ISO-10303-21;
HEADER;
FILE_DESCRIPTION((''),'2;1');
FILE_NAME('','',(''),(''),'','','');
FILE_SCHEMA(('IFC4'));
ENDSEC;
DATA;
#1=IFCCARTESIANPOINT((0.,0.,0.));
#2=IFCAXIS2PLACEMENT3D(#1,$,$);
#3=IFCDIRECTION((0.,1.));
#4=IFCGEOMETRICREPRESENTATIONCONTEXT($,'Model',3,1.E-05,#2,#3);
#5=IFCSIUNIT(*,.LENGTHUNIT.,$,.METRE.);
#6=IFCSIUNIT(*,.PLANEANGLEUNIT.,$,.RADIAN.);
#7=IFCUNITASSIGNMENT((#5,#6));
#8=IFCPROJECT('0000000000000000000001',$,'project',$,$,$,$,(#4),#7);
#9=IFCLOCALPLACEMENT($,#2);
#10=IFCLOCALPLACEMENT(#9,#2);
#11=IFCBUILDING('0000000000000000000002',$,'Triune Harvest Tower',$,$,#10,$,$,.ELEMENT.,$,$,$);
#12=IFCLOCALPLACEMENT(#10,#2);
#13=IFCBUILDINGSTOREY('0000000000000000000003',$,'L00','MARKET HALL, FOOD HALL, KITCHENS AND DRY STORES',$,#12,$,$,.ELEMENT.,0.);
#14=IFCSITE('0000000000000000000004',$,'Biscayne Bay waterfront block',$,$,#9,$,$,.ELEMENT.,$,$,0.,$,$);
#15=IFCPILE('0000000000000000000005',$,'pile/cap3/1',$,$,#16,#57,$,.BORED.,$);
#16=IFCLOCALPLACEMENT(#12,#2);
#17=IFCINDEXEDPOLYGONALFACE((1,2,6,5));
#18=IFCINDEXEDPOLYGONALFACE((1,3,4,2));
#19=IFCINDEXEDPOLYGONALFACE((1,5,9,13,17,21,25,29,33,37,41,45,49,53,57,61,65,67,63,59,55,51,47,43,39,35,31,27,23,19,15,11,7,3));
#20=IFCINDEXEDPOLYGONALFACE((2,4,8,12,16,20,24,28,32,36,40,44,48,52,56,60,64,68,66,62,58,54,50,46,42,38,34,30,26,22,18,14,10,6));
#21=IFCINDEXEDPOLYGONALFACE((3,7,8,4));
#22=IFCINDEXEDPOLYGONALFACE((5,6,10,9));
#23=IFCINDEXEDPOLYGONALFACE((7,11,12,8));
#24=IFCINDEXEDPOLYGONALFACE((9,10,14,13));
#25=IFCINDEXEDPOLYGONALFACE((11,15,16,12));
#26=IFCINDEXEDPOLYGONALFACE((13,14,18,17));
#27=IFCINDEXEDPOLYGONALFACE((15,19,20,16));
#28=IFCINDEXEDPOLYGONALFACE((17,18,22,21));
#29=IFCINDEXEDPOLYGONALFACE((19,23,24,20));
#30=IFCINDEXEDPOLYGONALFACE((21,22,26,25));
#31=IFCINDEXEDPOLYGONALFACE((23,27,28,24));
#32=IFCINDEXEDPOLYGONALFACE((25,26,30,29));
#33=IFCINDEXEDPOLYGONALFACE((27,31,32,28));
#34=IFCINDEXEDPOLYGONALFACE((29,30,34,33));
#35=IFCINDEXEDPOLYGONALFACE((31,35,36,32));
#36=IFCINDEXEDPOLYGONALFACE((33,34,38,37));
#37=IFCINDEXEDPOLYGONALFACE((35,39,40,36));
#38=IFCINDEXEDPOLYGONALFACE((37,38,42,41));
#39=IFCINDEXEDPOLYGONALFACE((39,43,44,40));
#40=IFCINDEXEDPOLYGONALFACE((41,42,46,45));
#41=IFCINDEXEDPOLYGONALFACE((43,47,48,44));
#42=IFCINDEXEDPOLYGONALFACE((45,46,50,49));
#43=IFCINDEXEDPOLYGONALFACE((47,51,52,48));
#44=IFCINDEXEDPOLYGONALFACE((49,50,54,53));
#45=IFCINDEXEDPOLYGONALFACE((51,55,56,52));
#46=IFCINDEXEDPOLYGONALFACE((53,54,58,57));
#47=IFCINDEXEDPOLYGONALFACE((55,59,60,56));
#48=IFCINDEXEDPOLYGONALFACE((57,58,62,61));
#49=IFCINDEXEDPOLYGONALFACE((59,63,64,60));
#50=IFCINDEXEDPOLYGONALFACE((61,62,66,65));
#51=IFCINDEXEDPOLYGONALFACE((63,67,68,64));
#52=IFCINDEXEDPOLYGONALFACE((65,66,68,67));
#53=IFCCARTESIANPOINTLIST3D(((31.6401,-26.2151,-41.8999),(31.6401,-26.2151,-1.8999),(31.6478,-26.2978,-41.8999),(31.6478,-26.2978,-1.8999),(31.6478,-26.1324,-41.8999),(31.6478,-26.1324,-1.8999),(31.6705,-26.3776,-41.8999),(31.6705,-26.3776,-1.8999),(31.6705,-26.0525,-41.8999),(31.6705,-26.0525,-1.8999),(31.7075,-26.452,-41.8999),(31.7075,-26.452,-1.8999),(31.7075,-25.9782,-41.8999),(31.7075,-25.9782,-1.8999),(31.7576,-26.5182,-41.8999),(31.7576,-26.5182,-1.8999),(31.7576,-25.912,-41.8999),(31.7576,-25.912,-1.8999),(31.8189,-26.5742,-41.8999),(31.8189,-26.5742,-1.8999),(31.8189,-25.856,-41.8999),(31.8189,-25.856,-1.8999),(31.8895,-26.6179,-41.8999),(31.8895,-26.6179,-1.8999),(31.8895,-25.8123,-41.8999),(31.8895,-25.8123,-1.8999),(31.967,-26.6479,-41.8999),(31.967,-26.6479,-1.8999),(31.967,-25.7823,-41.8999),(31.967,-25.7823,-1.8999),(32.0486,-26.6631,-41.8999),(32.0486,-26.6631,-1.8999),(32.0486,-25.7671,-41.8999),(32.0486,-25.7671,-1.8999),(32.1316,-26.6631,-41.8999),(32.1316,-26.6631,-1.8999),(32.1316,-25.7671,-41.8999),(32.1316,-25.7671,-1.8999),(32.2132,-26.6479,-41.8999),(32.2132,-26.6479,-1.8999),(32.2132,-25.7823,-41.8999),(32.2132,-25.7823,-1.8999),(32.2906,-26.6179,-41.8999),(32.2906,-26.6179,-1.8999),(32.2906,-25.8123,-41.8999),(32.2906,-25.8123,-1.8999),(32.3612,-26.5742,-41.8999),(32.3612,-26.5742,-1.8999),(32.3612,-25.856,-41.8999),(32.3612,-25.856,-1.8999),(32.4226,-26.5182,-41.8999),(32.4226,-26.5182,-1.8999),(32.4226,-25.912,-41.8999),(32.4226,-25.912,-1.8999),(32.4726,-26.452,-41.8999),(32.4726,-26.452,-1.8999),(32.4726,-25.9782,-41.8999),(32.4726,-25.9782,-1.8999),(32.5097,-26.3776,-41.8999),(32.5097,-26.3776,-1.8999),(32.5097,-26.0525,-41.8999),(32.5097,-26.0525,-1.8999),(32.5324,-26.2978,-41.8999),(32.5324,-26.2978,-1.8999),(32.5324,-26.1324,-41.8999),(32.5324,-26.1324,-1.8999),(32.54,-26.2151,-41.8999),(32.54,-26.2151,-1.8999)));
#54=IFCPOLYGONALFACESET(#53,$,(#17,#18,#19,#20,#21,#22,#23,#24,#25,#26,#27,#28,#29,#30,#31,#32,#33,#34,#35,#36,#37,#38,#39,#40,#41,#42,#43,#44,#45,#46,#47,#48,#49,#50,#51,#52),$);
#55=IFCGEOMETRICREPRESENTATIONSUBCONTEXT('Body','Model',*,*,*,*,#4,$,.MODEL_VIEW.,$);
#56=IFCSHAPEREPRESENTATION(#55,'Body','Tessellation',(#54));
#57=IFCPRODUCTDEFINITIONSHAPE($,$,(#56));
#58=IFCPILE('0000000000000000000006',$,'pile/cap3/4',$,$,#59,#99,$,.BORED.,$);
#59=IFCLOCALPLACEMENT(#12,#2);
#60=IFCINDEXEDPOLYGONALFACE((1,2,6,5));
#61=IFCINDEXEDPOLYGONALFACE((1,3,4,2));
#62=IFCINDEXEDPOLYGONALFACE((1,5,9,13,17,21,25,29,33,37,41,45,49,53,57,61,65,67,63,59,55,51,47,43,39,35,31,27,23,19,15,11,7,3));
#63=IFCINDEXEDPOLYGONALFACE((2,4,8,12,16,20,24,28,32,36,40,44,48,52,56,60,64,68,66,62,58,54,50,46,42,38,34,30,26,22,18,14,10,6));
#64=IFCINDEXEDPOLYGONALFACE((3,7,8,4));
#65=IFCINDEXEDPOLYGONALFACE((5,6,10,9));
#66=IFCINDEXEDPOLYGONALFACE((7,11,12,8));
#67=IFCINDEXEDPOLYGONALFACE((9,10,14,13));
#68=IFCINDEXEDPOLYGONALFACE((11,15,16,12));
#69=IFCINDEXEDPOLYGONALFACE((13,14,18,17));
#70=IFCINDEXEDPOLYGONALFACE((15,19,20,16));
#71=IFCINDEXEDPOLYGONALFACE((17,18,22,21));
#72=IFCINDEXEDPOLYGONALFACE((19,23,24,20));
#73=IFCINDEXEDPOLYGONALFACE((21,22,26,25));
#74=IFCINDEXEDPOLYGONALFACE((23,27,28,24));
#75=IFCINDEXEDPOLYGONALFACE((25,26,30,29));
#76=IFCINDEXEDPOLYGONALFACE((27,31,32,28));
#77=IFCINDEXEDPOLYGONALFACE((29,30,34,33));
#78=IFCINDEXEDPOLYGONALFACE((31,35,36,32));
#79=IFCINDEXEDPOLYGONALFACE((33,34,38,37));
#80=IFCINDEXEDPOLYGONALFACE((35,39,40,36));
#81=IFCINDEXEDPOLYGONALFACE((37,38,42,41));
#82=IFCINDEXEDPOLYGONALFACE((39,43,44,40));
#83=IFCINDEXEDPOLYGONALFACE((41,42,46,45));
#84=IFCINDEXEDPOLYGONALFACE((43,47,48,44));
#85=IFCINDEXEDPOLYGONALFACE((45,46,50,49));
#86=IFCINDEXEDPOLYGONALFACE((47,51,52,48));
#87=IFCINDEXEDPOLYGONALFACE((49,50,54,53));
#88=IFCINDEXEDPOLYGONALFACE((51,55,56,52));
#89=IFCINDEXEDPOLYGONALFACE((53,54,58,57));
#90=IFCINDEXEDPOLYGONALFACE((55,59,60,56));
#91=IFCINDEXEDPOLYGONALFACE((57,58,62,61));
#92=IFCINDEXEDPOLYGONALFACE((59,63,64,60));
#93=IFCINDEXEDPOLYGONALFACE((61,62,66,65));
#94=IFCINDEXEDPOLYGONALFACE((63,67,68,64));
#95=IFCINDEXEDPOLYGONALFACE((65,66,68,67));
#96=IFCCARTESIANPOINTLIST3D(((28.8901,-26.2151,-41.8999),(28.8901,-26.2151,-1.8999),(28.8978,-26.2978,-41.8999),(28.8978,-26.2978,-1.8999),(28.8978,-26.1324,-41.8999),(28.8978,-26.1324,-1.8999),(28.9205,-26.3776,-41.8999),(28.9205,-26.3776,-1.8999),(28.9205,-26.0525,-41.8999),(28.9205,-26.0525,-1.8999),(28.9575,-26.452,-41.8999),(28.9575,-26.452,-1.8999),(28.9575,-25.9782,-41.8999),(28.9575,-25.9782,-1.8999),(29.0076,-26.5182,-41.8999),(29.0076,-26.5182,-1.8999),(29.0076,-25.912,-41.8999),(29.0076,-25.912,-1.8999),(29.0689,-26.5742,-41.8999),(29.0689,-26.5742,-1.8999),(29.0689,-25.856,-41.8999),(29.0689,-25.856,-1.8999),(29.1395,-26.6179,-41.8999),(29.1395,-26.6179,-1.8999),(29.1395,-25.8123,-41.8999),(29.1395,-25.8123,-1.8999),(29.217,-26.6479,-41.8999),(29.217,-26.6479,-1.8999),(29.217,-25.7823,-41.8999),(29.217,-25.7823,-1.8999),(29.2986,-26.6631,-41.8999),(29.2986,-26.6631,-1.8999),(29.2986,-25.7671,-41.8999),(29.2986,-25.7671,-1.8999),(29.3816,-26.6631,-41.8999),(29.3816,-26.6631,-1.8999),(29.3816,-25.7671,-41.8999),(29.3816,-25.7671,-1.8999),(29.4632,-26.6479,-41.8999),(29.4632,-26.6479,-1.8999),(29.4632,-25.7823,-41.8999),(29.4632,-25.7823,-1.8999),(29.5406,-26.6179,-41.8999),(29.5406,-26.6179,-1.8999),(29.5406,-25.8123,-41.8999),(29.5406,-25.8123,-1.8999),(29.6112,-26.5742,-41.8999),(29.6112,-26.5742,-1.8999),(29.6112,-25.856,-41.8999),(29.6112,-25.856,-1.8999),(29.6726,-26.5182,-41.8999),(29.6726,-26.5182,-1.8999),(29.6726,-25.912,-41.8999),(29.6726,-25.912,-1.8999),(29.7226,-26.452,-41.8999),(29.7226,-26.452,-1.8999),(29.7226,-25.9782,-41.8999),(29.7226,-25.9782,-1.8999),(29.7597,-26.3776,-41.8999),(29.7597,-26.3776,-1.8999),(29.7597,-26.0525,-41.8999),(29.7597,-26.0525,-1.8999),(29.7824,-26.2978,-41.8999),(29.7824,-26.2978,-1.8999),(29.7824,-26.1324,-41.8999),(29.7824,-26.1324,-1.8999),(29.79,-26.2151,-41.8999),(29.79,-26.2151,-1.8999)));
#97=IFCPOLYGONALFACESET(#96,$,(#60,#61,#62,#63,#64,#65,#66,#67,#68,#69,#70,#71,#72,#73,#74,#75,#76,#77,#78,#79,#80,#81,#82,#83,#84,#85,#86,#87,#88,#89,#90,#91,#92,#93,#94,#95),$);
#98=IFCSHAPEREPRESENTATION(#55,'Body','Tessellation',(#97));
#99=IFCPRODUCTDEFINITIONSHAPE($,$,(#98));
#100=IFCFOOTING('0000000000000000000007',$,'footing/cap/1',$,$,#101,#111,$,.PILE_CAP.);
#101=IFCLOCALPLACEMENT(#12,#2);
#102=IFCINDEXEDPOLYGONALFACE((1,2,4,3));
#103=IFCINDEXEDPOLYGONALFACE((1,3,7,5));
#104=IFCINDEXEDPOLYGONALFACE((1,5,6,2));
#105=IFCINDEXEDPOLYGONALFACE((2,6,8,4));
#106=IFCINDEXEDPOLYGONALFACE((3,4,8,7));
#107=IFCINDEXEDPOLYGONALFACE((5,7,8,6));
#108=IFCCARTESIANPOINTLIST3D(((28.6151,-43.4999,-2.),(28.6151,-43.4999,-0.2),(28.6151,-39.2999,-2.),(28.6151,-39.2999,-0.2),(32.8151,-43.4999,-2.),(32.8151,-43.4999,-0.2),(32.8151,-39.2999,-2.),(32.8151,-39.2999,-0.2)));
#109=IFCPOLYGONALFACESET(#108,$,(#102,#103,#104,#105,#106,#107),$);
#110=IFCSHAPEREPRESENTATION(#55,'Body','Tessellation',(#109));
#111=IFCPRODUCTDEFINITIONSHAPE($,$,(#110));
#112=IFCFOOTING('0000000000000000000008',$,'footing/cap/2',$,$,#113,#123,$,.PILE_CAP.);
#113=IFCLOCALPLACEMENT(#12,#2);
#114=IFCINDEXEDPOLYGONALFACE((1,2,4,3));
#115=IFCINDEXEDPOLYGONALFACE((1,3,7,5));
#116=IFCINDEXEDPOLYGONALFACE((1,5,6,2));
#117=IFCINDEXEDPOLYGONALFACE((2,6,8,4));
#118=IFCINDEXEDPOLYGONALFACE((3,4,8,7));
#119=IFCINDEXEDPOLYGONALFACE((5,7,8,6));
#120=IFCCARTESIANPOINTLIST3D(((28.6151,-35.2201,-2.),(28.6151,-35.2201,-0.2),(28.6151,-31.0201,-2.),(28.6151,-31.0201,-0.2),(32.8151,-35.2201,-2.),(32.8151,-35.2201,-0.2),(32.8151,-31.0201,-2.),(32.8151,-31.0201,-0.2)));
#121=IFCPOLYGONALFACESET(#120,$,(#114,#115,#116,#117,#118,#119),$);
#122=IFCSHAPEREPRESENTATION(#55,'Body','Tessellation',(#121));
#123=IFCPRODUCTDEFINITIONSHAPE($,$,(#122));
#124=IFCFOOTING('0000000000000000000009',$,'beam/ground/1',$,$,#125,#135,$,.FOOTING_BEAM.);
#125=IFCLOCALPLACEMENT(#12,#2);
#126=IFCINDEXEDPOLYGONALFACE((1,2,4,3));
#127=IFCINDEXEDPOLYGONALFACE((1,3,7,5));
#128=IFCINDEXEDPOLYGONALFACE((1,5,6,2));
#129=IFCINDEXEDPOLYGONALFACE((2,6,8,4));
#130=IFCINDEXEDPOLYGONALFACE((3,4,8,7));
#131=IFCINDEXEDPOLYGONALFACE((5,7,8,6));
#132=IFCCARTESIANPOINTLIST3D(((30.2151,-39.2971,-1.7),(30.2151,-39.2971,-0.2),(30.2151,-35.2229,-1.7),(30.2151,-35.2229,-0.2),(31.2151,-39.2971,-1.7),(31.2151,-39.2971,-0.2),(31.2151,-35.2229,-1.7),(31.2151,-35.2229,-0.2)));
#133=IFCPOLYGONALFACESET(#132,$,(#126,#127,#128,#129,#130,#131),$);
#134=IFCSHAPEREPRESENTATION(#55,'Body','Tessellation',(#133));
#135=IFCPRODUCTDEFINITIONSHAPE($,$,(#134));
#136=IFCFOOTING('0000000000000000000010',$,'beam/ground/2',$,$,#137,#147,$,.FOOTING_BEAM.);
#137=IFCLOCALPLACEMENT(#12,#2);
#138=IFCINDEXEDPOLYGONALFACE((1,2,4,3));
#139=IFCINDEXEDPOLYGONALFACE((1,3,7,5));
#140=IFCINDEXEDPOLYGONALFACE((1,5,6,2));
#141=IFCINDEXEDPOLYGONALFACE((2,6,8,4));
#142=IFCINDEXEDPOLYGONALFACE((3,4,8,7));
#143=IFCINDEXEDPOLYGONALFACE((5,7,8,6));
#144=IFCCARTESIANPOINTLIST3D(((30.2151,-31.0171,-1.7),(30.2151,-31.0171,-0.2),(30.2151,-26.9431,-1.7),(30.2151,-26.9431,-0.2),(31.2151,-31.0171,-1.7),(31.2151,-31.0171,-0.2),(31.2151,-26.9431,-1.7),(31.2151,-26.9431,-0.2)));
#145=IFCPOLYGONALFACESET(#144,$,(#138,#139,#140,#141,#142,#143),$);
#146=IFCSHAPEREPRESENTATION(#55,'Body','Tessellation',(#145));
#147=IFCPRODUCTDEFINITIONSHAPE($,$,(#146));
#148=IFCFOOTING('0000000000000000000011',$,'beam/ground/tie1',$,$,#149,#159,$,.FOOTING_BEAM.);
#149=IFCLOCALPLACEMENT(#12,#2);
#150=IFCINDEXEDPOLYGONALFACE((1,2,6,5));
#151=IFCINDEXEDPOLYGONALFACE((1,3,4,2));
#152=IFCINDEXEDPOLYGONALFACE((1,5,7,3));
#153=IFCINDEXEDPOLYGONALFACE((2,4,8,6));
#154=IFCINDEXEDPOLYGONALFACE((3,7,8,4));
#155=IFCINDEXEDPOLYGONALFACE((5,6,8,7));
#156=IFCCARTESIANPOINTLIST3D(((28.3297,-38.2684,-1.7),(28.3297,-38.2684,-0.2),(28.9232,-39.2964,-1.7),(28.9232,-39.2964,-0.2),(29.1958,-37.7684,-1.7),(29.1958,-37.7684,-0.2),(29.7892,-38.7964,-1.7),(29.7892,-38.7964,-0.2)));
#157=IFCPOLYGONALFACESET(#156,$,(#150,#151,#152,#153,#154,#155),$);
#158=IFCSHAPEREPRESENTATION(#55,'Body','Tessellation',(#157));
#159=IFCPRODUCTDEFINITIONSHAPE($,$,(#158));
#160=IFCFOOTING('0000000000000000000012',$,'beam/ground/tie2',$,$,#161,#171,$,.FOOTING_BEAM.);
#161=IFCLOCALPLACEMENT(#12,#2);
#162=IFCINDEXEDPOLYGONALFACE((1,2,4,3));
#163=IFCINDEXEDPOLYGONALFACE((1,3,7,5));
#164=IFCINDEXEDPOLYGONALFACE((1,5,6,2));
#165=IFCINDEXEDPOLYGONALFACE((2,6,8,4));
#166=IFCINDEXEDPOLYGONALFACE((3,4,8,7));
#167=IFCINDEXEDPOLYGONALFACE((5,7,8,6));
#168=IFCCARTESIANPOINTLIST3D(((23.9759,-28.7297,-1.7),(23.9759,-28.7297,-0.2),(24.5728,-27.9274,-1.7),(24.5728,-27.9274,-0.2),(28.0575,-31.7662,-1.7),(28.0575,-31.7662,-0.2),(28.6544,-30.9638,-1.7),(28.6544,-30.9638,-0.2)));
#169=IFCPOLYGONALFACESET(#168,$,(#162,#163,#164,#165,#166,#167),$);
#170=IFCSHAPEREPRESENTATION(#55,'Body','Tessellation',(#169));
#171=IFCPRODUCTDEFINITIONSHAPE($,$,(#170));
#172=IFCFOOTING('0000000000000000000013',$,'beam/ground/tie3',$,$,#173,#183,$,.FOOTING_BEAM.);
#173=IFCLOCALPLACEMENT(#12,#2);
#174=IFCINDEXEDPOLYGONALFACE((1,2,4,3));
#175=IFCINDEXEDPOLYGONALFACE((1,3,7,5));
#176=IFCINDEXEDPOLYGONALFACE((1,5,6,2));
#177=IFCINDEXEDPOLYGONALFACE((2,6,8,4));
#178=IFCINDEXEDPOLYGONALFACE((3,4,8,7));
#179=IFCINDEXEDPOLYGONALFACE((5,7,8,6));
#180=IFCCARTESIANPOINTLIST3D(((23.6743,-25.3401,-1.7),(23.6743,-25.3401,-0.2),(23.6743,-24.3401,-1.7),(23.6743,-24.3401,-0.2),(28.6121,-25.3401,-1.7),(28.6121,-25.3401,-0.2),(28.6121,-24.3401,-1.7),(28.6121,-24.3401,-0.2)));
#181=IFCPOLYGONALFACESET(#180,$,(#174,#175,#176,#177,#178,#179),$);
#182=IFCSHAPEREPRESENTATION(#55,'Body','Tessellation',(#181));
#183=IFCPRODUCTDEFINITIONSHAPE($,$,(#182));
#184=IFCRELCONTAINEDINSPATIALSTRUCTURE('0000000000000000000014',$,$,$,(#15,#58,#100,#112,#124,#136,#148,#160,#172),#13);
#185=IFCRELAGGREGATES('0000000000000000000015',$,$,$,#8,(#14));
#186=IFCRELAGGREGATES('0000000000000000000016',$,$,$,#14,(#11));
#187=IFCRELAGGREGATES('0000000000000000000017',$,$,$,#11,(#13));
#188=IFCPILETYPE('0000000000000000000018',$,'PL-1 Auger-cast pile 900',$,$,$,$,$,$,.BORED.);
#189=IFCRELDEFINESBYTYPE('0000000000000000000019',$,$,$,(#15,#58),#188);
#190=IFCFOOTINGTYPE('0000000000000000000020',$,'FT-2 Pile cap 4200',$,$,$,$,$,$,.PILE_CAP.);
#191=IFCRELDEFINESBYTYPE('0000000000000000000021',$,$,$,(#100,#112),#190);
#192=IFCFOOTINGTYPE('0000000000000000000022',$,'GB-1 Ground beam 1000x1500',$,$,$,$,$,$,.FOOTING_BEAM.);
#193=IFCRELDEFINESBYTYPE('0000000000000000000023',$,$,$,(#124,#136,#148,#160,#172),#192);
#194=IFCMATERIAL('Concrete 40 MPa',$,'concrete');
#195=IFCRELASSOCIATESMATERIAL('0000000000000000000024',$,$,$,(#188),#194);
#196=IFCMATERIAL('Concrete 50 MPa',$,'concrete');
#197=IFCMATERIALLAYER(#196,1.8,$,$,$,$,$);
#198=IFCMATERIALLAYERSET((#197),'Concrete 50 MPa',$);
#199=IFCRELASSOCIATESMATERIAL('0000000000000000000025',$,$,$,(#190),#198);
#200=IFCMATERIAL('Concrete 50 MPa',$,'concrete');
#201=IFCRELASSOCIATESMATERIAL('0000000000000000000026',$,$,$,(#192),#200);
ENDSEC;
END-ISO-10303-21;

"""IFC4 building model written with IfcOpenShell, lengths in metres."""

from ifc_helpers import new_model, si_unit, direction, frame, origin, origin_2d, place, context, subcontext, project, spatial, rectangle, circle, extrude, source, transform, mapped, material, layer, layer_set, material_profile, profile_set, type_object, element, save


model = new_model("IFC4")

# Units and contexts
model_context = context("Model", 3, precision=1e-05, world=origin(), true_north=direction((0.0, 1.0)))
body_context = subcontext(model_context, "Body", "Model", "MODEL_VIEW")
ifc_project = project(units=[si_unit("LENGTHUNIT", "METRE"), si_unit("PLANEANGLEUNIT", "RADIAN")], contexts=[model_context])

# Site, building, storey
site_placement = place(None, origin())
site = spatial("IfcSite", under=ifc_project, at=site_placement, Name="Biscayne Bay waterfront block", CompositionType="ELEMENT", RefElevation=0.0)
building_placement = place(site_placement, origin())
building = spatial("IfcBuilding", under=site, at=building_placement, Name="Triune Harvest Tower", CompositionType="ELEMENT")
storey_placement = place(building_placement, origin())
storey = spatial("IfcBuildingStorey", under=building, at=storey_placement, Name="L00", Description="MARKET HALL, FOOD HALL, KITCHENS AND DRY STORES", CompositionType="ELEMENT", Elevation=0.0)

# Piles
ifc_material_1 = material(Name="Concrete 40 MPa", Category="concrete")
ifc_material_profile_1 = material_profile(ifc_material_1, circle(Radius=0.45, at=origin_2d()), Name="Bored 900")
ifc_profile_set_1 = profile_set([ifc_material_profile_1], Name="Concrete 40 MPa")
pile_type = type_object("IfcPileType", Name="PL-1 Auger-cast pile 900", PredefinedType="BORED", material=ifc_profile_set_1)
shared_shape_1 = source(origin(), body_context, "Body", "SweptSolid", [
    extrude(circle(Radius=0.45, at=origin_2d()), origin(), (0.0, 0.0, 1.0), 40.0),
])
for number, where, z_axis, x_axis, name in (
    (1, (32.0901, -26.2151, -1.8999), (0.0, 0.0, -1.0), (1.0, 0.0, 0.0), "pile/cap3/1"),
    (2, (29.3401, -26.2151, -1.8999), (0.0, 0.0, -1.0), (1.0, 0.0, 0.0), "pile/cap3/4"),
):
    element("IfcPile", number, at=place(storey_placement, frame(where, z_axis=z_axis, x_axis=x_axis)), inside=storey, type_object=pile_type, Name=name, PredefinedType="BORED", context=body_context, shape_type="MappedRepresentation", body=[
        mapped(shared_shape_1, transform((0.0, 0.0, 0.0), scale=1.0)),
    ])

# Footings
ifc_material_2 = material(Name="Concrete 50 MPa", Category="concrete")
ifc_layer_1 = layer(ifc_material_2, 1.8)
ifc_layer_set_1 = layer_set([ifc_layer_1], Name="Concrete 50 MPa")
footing_type_1 = type_object("IfcFootingType", Name="FT-2 Pile cap 4200", PredefinedType="PILE_CAP", material=ifc_layer_set_1)
shared_shape_2 = source(origin(), body_context, "Body", "SweptSolid", [
    extrude(rectangle(XDim=4.2, YDim=4.2, at=origin_2d()), origin(), (0.0, 0.0, 1.0), 1.8),
])
for number, where, z_axis, x_axis, name in (
    (3, (30.7151, -41.3999, -2.0), (0.0, 0.0, 1.0), (0.0, 1.0, 0.0), "footing/cap/1"),
    (4, (30.7151, -33.1201, -2.0), (0.0, 0.0, 1.0), (0.0, 1.0, 0.0), "footing/cap/2"),
):
    element("IfcFooting", number, at=place(storey_placement, frame(where, z_axis=z_axis, x_axis=x_axis)), inside=storey, type_object=footing_type_1, Name=name, PredefinedType="PILE_CAP", context=body_context, shape_type="MappedRepresentation", body=[
        mapped(shared_shape_2, transform((0.0, 0.0, 0.0), scale=1.0)),
    ])
ifc_material_3 = material(Name="Concrete 50 MPa", Category="concrete")
ifc_material_profile_2 = material_profile(ifc_material_3, rectangle(XDim=1.0, YDim=1.5, at=origin_2d()), Name="Concrete 1000x1500")
ifc_profile_set_2 = profile_set([ifc_material_profile_2], Name="Concrete 50 MPa")
footing_type_2 = type_object("IfcFootingType", Name="GB-1 Ground beam 1000x1500", PredefinedType="FOOTING_BEAM", material=ifc_profile_set_2)
shared_shape_3 = source(origin(), body_context, "Body", "SweptSolid", [
    extrude(rectangle(XDim=1.0, YDim=1.5, at=origin_2d()), origin(), (0.0, 0.0, 1.0), 4.0742),
])
footing_1_placement = place(storey_placement, frame((30.7151, -39.2971, -0.95), z_axis=(0.0, 1.0, 0.0), x_axis=(-1.0, 0.0, 0.0)))
element("IfcFooting", 5, at=footing_1_placement, inside=storey, type_object=footing_type_2, Name="beam/ground/1", PredefinedType="FOOTING_BEAM", context=body_context, shape_type="MappedRepresentation", body=[
    mapped(shared_shape_3, transform((0.0, 0.0, 0.0), scale=1.0)),
])
shared_shape_4 = source(origin(), body_context, "Body", "SweptSolid", [
    extrude(rectangle(XDim=1.0, YDim=1.5, at=origin_2d()), origin(), (0.0, 0.0, 1.0), 4.074),
])
footing_2_placement = place(storey_placement, frame((30.7151, -31.0171, -0.95), z_axis=(0.0, 1.0, 0.0), x_axis=(-1.0, 0.0, 0.0)))
element("IfcFooting", 6, at=footing_2_placement, inside=storey, type_object=footing_type_2, Name="beam/ground/2", PredefinedType="FOOTING_BEAM", context=body_context, shape_type="MappedRepresentation", body=[
    mapped(shared_shape_4, transform((0.0, 0.0, 0.0), scale=1.0)),
])
shared_shape_5 = source(origin(), body_context, "Body", "SweptSolid", [
    extrude(rectangle(XDim=1.0, YDim=1.5, at=origin_2d()), origin(), (0.0, 0.0, 1.0), 1.187),
])
footing_3_placement = place(storey_placement, frame((29.3562, -39.0464, -0.95), z_axis=(-0.499966, 0.866045, 0.0), x_axis=(-0.866045, -0.499966, 0.0)))
element("IfcFooting", 7, at=footing_3_placement, inside=storey, type_object=footing_type_2, Name="beam/ground/tie1", PredefinedType="FOOTING_BEAM", context=body_context, shape_type="MappedRepresentation", body=[
    mapped(shared_shape_5, transform((0.0, 0.0, 0.0), scale=1.0)),
])
shared_shape_6 = source(origin(), body_context, "Body", "SweptSolid", [
    extrude(rectangle(XDim=1.0, YDim=1.5, at=origin_2d()), origin(), (0.0, 0.0, 1.0), 5.0872),
])
footing_4_placement = place(storey_placement, frame((28.356, -31.365, -0.95), z_axis=(-0.802332, 0.596878, 0.0), x_axis=(-0.596878, -0.802332, 0.0)))
element("IfcFooting", 8, at=footing_4_placement, inside=storey, type_object=footing_type_2, Name="beam/ground/tie2", PredefinedType="FOOTING_BEAM", context=body_context, shape_type="MappedRepresentation", body=[
    mapped(shared_shape_6, transform((0.0, 0.0, 0.0), scale=1.0)),
])
shared_shape_7 = source(origin(), body_context, "Body", "SweptSolid", [
    extrude(rectangle(XDim=1.0, YDim=1.5, at=origin_2d()), origin(), (0.0, 0.0, 1.0), 4.9377),
])
footing_5_placement = place(storey_placement, frame((28.6121, -24.8401, -0.95), z_axis=(-1.0, 0.0, 0.0), x_axis=(0.0, -1.0, 0.0)))
element("IfcFooting", 9, at=footing_5_placement, inside=storey, type_object=footing_type_2, Name="beam/ground/tie3", PredefinedType="FOOTING_BEAM", context=body_context, shape_type="MappedRepresentation", body=[
    mapped(shared_shape_7, transform((0.0, 0.0, 0.0), scale=1.0)),
])

save(model, "model.ifc")
